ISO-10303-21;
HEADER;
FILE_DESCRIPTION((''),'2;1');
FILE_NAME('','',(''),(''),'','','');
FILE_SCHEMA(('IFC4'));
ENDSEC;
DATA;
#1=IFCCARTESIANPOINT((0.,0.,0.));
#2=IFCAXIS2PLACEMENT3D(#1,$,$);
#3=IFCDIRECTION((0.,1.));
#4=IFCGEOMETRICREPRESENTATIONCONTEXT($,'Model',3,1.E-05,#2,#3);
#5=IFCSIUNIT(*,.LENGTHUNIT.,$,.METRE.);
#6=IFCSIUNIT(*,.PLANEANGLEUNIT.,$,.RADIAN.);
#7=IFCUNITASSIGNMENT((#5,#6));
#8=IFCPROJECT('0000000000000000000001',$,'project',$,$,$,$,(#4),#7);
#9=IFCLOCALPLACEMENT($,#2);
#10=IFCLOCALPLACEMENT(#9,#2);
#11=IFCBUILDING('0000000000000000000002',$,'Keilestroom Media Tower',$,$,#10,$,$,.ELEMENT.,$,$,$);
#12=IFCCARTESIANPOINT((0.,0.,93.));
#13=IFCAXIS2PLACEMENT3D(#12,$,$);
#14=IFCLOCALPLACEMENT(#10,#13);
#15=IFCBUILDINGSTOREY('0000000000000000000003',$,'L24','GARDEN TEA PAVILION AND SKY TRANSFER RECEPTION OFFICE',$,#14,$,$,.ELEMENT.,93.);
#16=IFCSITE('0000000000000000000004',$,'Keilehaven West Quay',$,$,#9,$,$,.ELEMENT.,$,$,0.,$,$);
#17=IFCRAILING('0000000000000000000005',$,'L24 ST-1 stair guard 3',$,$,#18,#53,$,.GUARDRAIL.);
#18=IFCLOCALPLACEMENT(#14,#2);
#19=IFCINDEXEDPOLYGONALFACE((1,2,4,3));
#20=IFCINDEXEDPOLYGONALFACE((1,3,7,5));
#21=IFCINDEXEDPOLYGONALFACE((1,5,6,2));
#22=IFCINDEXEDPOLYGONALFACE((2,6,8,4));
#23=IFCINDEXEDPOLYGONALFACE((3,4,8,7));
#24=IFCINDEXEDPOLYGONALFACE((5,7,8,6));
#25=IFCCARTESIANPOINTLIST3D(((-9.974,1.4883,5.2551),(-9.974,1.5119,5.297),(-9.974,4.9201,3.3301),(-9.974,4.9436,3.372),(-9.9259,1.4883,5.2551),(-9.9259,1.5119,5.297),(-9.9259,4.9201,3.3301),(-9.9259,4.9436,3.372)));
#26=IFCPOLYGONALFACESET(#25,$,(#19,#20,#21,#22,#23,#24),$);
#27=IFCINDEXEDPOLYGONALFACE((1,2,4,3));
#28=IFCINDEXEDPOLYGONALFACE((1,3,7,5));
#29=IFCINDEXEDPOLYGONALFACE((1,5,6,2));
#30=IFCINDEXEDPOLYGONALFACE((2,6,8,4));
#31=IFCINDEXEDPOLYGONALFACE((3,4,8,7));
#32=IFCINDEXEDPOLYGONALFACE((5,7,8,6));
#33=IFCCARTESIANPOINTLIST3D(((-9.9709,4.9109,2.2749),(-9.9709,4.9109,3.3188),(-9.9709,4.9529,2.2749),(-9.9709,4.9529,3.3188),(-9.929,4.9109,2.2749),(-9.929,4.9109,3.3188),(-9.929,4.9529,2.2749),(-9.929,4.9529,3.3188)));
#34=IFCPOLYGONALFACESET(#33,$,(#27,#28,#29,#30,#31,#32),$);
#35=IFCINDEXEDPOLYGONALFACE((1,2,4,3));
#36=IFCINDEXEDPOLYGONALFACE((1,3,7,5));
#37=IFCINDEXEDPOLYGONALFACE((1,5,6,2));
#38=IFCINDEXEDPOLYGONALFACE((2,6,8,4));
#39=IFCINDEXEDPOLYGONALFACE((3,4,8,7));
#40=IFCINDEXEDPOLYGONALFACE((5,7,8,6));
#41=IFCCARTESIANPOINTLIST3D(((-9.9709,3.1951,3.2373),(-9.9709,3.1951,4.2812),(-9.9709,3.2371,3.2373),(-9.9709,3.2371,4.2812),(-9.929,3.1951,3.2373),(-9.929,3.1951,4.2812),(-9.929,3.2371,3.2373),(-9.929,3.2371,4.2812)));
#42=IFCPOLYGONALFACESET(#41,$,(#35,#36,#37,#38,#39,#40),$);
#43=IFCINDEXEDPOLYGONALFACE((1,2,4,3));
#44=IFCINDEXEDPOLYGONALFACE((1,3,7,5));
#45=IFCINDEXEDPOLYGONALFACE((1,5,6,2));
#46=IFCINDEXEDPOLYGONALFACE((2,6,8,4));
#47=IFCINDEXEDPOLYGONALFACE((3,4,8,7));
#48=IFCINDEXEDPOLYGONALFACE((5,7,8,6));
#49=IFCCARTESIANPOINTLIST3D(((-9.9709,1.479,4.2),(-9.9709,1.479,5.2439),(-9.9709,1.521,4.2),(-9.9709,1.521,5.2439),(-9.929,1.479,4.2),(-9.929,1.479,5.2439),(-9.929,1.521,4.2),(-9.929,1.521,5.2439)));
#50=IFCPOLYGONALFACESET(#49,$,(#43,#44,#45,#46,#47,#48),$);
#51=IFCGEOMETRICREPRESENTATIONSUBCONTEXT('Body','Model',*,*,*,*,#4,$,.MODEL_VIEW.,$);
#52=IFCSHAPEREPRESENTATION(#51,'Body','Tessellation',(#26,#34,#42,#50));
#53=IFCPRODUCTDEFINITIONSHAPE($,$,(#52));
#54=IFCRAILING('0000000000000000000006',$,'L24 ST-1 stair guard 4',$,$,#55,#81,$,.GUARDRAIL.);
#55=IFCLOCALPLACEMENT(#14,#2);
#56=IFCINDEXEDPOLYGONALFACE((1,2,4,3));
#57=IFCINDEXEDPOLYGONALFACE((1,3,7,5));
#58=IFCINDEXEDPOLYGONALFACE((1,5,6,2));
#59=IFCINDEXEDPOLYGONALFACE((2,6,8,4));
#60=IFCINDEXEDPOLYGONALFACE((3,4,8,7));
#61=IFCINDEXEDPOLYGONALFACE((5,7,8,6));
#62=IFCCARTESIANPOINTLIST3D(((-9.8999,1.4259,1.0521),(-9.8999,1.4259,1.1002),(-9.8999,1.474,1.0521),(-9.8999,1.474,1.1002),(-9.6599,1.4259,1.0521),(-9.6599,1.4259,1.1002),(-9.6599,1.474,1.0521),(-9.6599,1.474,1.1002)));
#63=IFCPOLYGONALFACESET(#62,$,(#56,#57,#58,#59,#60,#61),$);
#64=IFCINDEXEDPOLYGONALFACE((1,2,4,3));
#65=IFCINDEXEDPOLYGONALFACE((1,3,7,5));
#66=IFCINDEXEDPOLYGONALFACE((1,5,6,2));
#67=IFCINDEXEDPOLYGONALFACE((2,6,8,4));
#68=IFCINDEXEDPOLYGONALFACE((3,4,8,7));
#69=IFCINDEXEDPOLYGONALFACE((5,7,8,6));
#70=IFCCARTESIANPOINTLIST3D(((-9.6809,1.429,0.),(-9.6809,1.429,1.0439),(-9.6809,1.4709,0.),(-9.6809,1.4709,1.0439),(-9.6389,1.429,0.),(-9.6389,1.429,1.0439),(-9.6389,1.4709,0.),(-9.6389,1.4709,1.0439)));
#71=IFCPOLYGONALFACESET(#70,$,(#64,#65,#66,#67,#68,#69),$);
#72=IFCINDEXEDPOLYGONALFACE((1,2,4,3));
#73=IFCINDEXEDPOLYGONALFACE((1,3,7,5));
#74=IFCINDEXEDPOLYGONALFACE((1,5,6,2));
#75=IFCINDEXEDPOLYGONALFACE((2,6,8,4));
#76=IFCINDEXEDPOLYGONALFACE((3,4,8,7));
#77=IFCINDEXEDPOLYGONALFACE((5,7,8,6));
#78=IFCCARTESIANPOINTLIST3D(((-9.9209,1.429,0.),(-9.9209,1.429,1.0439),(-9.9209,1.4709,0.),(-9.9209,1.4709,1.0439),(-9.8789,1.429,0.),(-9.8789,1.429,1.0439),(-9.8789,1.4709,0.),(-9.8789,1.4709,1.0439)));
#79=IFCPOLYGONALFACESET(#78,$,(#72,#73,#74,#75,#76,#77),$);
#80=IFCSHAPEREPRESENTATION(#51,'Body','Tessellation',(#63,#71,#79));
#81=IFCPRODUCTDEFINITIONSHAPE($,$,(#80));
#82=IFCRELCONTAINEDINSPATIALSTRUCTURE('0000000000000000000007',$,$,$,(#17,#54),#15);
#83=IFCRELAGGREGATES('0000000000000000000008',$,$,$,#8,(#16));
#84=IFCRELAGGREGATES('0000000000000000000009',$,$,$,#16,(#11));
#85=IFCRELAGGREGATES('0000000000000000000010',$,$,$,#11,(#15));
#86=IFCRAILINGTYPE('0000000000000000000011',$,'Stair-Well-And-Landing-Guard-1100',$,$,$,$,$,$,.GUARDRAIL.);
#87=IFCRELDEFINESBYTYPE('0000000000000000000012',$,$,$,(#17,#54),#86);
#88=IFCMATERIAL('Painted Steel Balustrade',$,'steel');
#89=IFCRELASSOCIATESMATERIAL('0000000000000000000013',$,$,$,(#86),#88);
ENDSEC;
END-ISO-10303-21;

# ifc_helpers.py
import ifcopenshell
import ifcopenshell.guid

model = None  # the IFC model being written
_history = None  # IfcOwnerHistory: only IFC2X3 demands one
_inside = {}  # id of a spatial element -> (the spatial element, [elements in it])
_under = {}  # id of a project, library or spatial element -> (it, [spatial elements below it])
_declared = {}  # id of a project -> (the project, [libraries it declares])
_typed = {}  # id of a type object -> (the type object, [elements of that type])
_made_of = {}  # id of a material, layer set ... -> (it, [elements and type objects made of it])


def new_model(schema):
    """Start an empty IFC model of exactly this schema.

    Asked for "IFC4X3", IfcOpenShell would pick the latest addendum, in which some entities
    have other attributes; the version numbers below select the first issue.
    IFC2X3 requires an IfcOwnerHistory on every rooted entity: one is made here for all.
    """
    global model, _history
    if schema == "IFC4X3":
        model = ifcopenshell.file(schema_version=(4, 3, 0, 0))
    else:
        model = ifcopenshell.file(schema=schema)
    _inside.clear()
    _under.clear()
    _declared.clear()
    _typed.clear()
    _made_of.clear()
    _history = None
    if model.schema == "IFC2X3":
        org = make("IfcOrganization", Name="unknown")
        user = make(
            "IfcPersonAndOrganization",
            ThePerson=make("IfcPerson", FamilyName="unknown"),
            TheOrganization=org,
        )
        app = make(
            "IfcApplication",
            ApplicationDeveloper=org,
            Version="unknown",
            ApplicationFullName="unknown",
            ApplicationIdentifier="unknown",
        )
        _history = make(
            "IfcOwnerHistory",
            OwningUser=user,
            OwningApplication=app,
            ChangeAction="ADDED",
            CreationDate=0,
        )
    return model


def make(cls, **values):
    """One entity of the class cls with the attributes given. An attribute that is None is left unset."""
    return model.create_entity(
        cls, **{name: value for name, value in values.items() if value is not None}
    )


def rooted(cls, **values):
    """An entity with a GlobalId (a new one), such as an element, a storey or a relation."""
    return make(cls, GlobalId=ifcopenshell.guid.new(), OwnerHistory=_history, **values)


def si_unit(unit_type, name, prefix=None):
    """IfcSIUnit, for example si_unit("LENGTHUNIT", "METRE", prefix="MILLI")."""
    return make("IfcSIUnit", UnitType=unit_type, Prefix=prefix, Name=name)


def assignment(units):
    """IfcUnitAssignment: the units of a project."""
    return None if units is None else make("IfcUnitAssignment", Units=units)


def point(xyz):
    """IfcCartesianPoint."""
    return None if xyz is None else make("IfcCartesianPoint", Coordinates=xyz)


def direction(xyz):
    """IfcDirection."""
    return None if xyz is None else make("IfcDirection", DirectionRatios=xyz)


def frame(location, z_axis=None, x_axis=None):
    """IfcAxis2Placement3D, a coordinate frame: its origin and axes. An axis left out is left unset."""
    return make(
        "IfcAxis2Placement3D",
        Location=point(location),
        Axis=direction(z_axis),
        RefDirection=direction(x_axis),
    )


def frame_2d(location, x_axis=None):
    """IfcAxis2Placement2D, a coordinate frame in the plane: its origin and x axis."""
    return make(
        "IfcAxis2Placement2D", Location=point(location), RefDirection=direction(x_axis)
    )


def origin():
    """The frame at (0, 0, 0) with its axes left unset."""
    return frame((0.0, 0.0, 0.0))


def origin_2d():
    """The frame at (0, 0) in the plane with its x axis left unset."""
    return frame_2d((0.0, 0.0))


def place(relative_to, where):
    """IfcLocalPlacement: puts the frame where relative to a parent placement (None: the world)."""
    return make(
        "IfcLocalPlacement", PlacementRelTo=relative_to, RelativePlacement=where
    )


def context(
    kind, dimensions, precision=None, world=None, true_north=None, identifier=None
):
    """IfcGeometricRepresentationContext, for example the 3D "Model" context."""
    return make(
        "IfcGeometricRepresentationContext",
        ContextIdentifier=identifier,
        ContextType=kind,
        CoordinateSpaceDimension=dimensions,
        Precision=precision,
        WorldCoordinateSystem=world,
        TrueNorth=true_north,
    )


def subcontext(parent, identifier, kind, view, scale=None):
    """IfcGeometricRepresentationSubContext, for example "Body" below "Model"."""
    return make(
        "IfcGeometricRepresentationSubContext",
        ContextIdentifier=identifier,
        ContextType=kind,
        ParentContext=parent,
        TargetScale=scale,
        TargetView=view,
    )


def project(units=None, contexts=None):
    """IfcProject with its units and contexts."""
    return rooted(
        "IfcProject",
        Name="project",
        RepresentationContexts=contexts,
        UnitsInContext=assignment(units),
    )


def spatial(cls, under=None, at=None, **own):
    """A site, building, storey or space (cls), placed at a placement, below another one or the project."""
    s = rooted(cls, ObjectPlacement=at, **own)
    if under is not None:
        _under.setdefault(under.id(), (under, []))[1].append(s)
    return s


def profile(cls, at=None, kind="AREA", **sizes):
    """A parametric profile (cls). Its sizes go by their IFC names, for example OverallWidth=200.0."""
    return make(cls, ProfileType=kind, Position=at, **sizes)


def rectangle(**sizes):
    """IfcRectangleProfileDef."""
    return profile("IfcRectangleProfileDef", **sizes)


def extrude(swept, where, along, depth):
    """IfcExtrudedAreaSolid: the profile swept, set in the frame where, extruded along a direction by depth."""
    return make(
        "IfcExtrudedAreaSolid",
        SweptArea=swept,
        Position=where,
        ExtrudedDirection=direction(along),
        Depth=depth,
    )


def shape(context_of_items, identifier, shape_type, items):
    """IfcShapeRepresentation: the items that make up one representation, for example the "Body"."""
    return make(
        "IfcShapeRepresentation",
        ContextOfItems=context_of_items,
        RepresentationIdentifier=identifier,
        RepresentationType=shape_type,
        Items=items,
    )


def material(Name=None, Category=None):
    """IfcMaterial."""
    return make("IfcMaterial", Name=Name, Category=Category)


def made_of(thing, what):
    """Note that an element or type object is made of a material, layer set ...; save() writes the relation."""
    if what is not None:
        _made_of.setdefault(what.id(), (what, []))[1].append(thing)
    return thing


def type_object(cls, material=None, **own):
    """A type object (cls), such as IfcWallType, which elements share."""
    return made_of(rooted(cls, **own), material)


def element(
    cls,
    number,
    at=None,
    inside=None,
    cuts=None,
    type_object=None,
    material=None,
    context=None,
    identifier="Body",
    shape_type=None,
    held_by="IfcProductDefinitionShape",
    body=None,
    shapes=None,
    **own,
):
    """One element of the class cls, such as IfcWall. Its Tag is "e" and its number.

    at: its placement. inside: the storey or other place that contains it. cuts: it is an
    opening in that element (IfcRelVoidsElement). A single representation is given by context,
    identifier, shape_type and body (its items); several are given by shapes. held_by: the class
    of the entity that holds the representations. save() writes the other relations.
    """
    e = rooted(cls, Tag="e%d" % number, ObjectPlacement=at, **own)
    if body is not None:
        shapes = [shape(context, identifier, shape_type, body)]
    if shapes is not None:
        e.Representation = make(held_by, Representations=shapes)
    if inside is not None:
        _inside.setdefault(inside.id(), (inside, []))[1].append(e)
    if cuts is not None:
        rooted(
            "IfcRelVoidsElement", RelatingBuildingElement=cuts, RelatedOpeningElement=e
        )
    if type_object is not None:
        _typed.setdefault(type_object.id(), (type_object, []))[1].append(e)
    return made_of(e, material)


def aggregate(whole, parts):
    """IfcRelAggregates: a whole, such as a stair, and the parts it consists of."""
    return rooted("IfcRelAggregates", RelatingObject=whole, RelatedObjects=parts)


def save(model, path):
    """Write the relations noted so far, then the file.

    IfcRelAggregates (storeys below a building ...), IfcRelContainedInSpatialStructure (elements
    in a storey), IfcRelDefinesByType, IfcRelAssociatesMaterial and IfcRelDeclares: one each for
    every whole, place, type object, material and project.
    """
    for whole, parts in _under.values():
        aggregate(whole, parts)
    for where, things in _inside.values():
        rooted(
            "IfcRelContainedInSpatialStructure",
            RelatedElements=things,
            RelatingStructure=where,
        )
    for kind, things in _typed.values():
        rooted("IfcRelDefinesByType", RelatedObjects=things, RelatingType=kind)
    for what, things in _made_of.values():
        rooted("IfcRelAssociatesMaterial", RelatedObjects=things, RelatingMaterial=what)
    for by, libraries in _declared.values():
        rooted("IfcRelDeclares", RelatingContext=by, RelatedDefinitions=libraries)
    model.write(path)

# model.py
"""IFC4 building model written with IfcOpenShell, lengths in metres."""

from ifc_helpers import new_model, si_unit, direction, frame, origin, origin_2d, place, context, subcontext, project, spatial, rectangle, extrude, material, type_object, element, save


model = new_model("IFC4")

# Units and contexts
model_context = context("Model", 3, precision=1e-05, world=origin(), true_north=direction((0.0, 1.0)))
body_context = subcontext(model_context, "Body", "Model", "MODEL_VIEW")
ifc_project = project(units=[si_unit("LENGTHUNIT", "METRE"), si_unit("PLANEANGLEUNIT", "RADIAN")], contexts=[model_context])

# Site, building, storey
site_placement = place(None, origin())
site = spatial("IfcSite", under=ifc_project, at=site_placement, Name="Keilehaven West Quay", CompositionType="ELEMENT", RefElevation=0.0)
building_placement = place(site_placement, origin())
building = spatial("IfcBuilding", under=site, at=building_placement, Name="Keilestroom Media Tower", CompositionType="ELEMENT")
storey_placement = place(building_placement, frame((0.0, 0.0, 93.0)))
storey = spatial("IfcBuildingStorey", under=building, at=storey_placement, Name="L24", Description="GARDEN TEA PAVILION AND SKY TRANSFER RECEPTION OFFICE", CompositionType="ELEMENT", Elevation=93.0)

# Railings
ifc_material_1 = material(Name="Painted Steel Balustrade", Category="steel")
railing_type_1 = type_object("IfcRailingType", Name="Stair-Well-And-Landing-Guard-1100", PredefinedType="GUARDRAIL", material=ifc_material_1)
railing_1_placement = place(storey_placement, frame((-9.95, 4.9319, 2.2749)))
element("IfcRailing", 1, at=railing_1_placement, inside=storey, type_object=railing_type_1, Name="L24 ST-1 stair guard 3", PredefinedType="GUARDRAIL", context=body_context, shape_type="SweptSolid", body=[
    extrude(rectangle(XDim=0.0481, YDim=0.0481, at=origin_2d()), frame((0.0, 0.0, 1.0762), z_axis=(0.0, -0.87216, 0.489221), x_axis=(1.0, 0.0, 0.0)), (0.0, 0.0, 1.0), 3.9348),
    extrude(rectangle(XDim=0.042, YDim=0.042, at=origin_2d()), origin(), (0.0, 0.0, 1.0), 1.0439),
    extrude(rectangle(XDim=0.042, YDim=0.042, at=origin_2d()), frame((0.0, -1.7158, 0.9624)), (0.0, 0.0, 1.0), 1.0439),
    extrude(rectangle(XDim=0.042, YDim=0.042, at=origin_2d()), frame((0.0, -3.4319, 1.925)), (0.0, 0.0, 1.0), 1.0439),
])
railing_2_placement = place(storey_placement, frame((-9.6599, 1.45, 0.0)))
element("IfcRailing", 2, at=railing_2_placement, inside=storey, type_object=railing_type_1, Name="L24 ST-1 stair guard 4", PredefinedType="GUARDRAIL", context=body_context, shape_type="SweptSolid", body=[
    extrude(rectangle(XDim=0.0481, YDim=0.0481, at=origin_2d()), frame((0.0, 0.0, 1.0762), z_axis=(-1.0, 0.0, 0.0), x_axis=(0.0, -1.0, 0.0)), (0.0, 0.0, 1.0), 0.24),
    extrude(rectangle(XDim=0.042, YDim=0.042, at=origin_2d()), origin(), (0.0, 0.0, 1.0), 1.0439),
    extrude(rectangle(XDim=0.042, YDim=0.042, at=origin_2d()), frame((-0.24, 0.0, 0.0)), (0.0, 0.0, 1.0), 1.0439),
])

save(model, "model.ifc")
